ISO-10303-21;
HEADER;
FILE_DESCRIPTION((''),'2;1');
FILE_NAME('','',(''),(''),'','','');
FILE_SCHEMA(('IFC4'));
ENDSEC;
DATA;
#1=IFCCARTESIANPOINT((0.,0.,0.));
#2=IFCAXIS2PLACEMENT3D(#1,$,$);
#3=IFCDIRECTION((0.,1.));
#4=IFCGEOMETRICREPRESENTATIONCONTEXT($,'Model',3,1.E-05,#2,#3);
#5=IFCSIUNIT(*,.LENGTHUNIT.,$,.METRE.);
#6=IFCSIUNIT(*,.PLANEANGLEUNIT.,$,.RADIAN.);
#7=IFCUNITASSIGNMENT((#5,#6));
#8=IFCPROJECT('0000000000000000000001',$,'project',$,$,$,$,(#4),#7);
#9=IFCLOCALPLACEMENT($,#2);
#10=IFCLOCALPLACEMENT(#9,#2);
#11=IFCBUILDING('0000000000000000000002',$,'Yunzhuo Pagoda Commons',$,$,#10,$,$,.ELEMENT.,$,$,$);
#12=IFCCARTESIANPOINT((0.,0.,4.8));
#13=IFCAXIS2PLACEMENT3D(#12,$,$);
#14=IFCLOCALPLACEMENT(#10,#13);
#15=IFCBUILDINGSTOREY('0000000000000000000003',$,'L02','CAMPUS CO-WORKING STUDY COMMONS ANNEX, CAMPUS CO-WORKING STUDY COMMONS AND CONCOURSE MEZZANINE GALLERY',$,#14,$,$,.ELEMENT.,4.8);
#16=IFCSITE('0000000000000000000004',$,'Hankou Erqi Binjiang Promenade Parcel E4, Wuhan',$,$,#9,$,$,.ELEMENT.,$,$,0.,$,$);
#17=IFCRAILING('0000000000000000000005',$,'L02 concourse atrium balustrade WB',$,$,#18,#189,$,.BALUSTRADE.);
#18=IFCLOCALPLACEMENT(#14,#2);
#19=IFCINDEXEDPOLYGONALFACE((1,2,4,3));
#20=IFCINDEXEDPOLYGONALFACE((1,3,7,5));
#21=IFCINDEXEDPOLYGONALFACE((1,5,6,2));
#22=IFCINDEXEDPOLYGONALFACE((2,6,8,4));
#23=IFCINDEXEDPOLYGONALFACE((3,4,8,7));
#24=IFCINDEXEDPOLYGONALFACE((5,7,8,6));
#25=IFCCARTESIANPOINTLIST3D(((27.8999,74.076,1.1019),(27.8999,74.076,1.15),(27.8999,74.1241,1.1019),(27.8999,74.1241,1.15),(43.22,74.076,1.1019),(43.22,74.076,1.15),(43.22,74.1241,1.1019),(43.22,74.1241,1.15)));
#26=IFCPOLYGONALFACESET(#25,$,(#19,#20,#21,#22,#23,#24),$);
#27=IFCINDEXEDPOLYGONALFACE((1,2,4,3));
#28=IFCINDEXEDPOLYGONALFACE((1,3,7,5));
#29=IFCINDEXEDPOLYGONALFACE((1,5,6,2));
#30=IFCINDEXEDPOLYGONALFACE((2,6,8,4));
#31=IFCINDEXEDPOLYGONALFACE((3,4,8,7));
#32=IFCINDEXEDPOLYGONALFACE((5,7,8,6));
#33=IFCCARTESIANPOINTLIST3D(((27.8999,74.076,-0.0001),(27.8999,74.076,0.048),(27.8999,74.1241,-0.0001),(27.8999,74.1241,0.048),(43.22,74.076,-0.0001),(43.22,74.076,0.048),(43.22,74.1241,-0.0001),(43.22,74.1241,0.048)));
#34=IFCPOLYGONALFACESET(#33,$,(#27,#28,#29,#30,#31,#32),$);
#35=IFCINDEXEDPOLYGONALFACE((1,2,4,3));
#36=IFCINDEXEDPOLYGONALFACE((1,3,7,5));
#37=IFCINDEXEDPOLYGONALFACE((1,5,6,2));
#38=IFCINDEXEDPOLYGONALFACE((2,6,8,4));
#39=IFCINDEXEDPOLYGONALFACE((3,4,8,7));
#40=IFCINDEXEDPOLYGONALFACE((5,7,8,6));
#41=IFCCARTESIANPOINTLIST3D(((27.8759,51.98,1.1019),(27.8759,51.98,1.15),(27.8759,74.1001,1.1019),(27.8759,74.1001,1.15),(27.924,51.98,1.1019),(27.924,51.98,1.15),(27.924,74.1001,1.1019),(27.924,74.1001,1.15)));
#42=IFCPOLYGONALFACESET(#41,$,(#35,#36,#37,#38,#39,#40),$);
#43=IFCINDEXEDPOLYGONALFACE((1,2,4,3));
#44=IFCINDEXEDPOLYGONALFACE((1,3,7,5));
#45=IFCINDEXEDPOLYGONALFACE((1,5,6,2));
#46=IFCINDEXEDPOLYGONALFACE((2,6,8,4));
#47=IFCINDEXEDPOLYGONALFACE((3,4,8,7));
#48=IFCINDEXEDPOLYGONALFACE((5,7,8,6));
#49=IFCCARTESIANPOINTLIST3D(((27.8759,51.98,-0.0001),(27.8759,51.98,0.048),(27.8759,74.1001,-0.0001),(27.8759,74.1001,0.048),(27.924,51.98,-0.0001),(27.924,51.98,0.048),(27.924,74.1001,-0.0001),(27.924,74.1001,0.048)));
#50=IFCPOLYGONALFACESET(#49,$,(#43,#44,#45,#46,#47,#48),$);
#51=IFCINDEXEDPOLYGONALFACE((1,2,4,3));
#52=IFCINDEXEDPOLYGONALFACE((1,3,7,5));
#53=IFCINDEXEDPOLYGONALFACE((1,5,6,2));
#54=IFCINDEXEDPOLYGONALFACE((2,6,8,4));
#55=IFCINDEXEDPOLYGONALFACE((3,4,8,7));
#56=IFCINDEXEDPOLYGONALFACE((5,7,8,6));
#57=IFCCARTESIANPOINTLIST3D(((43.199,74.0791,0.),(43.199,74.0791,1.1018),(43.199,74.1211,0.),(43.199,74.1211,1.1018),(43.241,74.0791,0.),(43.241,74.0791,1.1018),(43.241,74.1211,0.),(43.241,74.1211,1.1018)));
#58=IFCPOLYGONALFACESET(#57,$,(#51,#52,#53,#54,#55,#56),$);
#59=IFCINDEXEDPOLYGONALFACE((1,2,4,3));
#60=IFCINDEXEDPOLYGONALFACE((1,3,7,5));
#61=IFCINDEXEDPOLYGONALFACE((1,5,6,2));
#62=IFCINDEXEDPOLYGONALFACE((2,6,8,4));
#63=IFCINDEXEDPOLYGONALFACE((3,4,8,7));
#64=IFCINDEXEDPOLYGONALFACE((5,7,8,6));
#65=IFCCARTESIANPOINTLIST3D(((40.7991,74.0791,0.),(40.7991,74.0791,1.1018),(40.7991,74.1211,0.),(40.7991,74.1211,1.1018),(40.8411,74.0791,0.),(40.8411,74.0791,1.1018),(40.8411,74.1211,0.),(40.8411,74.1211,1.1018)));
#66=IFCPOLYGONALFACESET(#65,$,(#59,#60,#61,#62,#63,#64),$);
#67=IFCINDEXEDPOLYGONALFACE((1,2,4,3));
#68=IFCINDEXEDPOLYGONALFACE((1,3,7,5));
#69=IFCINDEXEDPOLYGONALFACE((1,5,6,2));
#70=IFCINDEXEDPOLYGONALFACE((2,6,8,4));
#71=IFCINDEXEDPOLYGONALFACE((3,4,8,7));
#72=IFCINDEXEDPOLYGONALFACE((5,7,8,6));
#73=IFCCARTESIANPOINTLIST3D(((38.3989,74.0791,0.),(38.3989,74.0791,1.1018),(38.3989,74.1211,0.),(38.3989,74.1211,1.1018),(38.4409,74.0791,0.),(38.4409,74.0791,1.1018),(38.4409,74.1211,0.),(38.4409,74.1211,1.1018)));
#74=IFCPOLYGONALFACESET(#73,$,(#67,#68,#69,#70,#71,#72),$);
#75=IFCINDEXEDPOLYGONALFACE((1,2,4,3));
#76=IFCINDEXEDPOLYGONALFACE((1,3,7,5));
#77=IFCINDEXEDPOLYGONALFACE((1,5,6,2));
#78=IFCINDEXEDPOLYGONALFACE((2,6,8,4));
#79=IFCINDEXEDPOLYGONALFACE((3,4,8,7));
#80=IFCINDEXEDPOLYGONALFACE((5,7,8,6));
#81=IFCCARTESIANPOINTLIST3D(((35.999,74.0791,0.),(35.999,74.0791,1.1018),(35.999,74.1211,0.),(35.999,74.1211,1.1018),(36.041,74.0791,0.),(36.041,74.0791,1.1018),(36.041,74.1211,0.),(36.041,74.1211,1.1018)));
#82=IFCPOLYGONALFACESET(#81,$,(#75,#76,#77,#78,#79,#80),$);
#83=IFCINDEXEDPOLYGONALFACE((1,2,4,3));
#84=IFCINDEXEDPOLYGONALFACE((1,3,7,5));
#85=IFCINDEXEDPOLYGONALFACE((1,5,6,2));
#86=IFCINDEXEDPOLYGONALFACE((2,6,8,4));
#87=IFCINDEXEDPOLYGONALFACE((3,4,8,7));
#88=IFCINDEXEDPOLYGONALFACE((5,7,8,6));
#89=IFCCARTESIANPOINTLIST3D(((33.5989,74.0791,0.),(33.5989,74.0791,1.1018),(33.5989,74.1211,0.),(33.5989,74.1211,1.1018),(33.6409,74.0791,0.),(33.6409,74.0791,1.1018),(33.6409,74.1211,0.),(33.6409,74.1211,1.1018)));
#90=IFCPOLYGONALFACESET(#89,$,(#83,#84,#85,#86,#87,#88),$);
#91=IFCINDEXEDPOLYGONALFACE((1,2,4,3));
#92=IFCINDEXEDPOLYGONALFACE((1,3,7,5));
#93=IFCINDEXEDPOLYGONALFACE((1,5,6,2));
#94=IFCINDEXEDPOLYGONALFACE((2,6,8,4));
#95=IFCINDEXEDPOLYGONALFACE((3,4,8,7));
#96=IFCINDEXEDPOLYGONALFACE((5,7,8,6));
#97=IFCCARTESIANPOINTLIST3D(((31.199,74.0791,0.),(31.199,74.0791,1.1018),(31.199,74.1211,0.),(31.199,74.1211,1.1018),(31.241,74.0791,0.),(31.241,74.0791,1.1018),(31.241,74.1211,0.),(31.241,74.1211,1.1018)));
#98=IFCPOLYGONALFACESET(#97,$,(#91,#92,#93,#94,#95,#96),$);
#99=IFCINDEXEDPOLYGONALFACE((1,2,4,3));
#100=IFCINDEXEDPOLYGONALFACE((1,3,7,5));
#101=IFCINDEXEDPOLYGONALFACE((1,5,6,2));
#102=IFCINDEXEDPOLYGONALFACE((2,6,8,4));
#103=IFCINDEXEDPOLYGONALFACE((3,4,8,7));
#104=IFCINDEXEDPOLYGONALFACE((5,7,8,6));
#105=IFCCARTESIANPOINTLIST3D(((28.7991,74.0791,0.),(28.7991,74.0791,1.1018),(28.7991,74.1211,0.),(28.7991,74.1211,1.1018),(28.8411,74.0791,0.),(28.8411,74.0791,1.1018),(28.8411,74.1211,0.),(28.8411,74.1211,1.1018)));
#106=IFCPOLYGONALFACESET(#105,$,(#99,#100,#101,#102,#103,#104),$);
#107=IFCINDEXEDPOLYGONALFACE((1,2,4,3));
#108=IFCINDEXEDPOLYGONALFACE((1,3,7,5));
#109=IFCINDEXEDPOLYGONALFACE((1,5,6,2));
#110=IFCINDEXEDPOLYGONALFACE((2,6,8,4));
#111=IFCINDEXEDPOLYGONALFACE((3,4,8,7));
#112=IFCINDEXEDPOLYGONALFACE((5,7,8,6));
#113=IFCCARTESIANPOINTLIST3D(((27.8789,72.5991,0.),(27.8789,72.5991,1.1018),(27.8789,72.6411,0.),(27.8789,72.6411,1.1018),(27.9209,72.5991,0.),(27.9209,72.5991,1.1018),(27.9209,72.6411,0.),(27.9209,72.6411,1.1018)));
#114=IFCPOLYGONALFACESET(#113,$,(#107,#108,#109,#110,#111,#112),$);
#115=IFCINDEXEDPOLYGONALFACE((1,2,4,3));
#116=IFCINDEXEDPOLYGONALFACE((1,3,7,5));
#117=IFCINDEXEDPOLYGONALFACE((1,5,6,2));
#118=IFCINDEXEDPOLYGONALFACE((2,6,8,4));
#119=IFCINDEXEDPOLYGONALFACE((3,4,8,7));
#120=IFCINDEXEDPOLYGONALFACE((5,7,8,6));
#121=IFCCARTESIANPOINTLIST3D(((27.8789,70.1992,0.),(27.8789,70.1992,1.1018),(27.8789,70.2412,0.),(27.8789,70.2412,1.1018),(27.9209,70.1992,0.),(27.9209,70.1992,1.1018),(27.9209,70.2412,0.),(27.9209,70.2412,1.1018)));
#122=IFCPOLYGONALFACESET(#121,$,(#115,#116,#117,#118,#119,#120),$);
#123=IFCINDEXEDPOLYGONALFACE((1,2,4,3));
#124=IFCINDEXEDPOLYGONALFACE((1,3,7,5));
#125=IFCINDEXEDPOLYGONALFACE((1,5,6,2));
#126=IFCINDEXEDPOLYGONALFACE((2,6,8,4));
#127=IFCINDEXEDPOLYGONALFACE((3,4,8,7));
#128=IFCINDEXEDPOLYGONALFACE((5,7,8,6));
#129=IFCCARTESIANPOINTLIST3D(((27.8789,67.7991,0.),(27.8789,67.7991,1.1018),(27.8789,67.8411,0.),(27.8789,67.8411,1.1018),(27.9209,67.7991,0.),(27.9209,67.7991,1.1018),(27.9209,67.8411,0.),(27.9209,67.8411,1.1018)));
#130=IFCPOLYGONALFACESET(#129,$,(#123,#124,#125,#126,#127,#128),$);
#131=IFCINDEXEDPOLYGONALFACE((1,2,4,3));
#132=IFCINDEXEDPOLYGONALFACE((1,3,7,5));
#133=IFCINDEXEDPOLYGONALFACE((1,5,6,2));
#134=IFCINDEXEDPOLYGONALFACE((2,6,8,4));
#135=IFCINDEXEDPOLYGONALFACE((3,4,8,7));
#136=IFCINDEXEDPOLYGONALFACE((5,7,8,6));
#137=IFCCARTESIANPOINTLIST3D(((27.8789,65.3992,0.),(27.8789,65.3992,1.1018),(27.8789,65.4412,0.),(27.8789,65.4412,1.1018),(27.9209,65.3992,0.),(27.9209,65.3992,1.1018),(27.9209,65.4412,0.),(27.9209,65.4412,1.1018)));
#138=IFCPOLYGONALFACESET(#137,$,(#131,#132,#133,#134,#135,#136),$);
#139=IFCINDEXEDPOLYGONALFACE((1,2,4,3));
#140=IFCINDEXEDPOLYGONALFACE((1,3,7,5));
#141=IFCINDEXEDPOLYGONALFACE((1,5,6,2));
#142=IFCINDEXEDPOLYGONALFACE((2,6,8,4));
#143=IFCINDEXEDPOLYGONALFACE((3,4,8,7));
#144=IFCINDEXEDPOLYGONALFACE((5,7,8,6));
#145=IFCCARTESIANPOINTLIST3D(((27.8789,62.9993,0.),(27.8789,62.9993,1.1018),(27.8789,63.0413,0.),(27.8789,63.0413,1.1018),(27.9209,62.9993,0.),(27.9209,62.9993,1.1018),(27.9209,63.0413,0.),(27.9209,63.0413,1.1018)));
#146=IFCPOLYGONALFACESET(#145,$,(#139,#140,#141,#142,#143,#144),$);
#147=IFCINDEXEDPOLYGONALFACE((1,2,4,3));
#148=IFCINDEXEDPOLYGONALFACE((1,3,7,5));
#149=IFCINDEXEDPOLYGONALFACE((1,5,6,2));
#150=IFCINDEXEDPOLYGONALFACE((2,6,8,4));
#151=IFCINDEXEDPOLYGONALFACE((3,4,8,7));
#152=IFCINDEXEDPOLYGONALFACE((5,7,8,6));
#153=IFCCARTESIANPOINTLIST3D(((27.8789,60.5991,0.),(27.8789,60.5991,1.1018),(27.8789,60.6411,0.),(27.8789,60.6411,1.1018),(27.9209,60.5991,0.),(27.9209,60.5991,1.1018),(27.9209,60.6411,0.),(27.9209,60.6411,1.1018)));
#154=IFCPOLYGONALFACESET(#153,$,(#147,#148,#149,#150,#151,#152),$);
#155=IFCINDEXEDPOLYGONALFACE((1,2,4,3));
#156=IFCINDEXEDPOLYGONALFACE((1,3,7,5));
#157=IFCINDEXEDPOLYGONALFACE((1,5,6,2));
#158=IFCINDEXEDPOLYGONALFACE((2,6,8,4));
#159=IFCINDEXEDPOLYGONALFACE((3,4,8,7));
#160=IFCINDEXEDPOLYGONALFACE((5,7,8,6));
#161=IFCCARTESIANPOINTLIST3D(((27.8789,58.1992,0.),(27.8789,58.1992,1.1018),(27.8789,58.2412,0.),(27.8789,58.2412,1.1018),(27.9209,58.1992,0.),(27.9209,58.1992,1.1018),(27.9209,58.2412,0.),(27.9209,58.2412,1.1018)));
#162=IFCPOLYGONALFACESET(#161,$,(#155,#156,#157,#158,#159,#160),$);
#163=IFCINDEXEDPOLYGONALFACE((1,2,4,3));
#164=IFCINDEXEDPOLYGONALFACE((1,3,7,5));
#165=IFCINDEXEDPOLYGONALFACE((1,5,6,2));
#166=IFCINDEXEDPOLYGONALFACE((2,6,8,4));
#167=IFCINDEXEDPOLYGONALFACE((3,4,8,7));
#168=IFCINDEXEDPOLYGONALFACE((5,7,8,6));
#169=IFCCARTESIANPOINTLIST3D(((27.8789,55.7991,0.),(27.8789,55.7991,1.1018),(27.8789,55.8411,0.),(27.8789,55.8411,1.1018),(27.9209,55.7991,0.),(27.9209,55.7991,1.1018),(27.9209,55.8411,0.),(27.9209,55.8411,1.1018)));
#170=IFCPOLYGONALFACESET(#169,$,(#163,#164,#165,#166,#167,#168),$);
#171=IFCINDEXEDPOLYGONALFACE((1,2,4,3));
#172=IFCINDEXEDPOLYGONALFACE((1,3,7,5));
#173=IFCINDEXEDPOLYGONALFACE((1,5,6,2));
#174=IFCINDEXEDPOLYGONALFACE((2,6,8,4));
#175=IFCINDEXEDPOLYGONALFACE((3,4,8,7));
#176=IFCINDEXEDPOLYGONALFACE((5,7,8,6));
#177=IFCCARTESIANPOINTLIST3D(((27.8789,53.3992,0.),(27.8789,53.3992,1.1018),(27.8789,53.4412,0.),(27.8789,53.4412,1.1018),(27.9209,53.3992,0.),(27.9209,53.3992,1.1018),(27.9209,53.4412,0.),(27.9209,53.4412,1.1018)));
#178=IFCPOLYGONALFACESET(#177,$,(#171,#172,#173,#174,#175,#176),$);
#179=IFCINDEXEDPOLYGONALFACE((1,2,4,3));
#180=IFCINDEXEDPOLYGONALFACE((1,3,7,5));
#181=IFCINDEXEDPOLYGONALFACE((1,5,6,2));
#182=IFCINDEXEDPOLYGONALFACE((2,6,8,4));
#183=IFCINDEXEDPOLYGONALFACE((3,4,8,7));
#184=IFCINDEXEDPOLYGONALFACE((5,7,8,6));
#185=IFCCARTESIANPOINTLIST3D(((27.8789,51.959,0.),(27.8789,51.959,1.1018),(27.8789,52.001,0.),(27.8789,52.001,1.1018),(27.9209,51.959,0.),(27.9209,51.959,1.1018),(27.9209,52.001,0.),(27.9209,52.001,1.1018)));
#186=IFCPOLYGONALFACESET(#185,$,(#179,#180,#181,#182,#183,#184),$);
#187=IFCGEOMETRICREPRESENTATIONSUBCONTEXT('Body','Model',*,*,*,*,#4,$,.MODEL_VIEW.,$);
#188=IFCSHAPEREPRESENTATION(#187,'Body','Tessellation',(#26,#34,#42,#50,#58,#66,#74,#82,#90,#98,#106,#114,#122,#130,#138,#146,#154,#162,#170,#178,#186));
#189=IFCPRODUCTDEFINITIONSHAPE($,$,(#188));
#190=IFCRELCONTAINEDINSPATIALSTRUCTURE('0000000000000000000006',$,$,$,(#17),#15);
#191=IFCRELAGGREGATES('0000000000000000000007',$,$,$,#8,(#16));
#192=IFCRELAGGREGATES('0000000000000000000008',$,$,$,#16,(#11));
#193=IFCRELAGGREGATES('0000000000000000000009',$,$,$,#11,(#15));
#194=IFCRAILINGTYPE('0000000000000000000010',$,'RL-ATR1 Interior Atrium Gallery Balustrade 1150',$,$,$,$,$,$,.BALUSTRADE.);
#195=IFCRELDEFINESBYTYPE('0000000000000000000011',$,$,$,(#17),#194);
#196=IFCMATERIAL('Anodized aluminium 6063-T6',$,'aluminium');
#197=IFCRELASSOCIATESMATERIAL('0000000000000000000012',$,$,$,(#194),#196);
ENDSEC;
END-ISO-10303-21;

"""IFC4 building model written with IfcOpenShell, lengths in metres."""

from ifc_helpers import new_model, si_unit, direction, frame, origin, origin_2d, place, context, subcontext, project, spatial, rectangle, extrude, material, type_object, element, save


model = new_model("IFC4")

# Units and contexts
model_context = context("Model", 3, precision=1e-05, world=origin(), true_north=direction((0.0, 1.0)))
body_context = subcontext(model_context, "Body", "Model", "MODEL_VIEW")
ifc_project = project(units=[si_unit("LENGTHUNIT", "METRE"), si_unit("PLANEANGLEUNIT", "RADIAN")], contexts=[model_context])

# Site, building, storey
site_placement = place(None, origin())
site = spatial("IfcSite", under=ifc_project, at=site_placement, Name="Hankou Erqi Binjiang Promenade Parcel E4, Wuhan", CompositionType="ELEMENT", RefElevation=0.0)
building_placement = place(site_placement, origin())
building = spatial("IfcBuilding", under=site, at=building_placement, Name="Yunzhuo Pagoda Commons", CompositionType="ELEMENT")
storey_placement = place(building_placement, frame((0.0, 0.0, 4.8)))
storey = spatial("IfcBuildingStorey", under=building, at=storey_placement, Name="L02", Description="CAMPUS CO-WORKING STUDY COMMONS ANNEX, CAMPUS CO-WORKING STUDY COMMONS AND CONCOURSE MEZZANINE GALLERY", CompositionType="ELEMENT", Elevation=4.8)

# Shared definitions
ifc_material_1 = material(Name="Anodized aluminium 6063-T6", Category="aluminium")

# Railing
railing_type = type_object("IfcRailingType", Name="RL-ATR1 Interior Atrium Gallery Balustrade 1150", PredefinedType="BALUSTRADE", material=ifc_material_1)
railing_placement = place(storey_placement, frame((43.22, 74.1001, 0.0)))
element("IfcRailing", 1, at=railing_placement, inside=storey, type_object=railing_type, Name="L02 concourse atrium balustrade WB", PredefinedType="BALUSTRADE", context=body_context, shape_type="SweptSolid", body=[
    extrude(rectangle(XDim=0.0481, YDim=0.0481, at=origin_2d()), frame((0.0, 0.0, 1.126), z_axis=(-1.0, 0.0, 0.0), x_axis=(0.0, -1.0, 0.0)), (0.0, 0.0, 1.0), 15.3201),
    extrude(rectangle(XDim=0.0481, YDim=0.0481, at=origin_2d()), frame((0.0, 0.0, 0.0239), z_axis=(-1.0, 0.0, 0.0), x_axis=(0.0, -1.0, 0.0)), (0.0, 0.0, 1.0), 15.3201),
    extrude(rectangle(XDim=0.0481, YDim=0.0481, at=origin_2d()), frame((-15.3201, 0.0, 1.126), z_axis=(0.0, -1.0, 0.0), x_axis=(1.0, 0.0, 0.0)), (0.0, 0.0, 1.0), 22.1201),
    extrude(rectangle(XDim=0.0481, YDim=0.0481, at=origin_2d()), frame((-15.3201, 0.0, 0.0239), z_axis=(0.0, -1.0, 0.0), x_axis=(1.0, 0.0, 0.0)), (0.0, 0.0, 1.0), 22.1201),
    extrude(rectangle(XDim=0.042, YDim=0.042, at=origin_2d()), origin(), (0.0, 0.0, 1.0), 1.1018),
    extrude(rectangle(XDim=0.042, YDim=0.042, at=origin_2d()), frame((-2.3999, 0.0, 0.0)), (0.0, 0.0, 1.0), 1.1018),
    extrude(rectangle(XDim=0.042, YDim=0.042, at=origin_2d()), frame((-4.8, 0.0, 0.0)), (0.0, 0.0, 1.0), 1.1018),
    extrude(rectangle(XDim=0.042, YDim=0.042, at=origin_2d()), frame((-7.2, 0.0, 0.0)), (0.0, 0.0, 1.0), 1.1018),
    extrude(rectangle(XDim=0.042, YDim=0.042, at=origin_2d()), frame((-9.6001, 0.0, 0.0)), (0.0, 0.0, 1.0), 1.1018),
    extrude(rectangle(XDim=0.042, YDim=0.042, at=origin_2d()), frame((-12.0, 0.0, 0.0)), (0.0, 0.0, 1.0), 1.1018),
    extrude(rectangle(XDim=0.042, YDim=0.042, at=origin_2d()), frame((-14.3999, 0.0, 0.0)), (0.0, 0.0, 1.0), 1.1018),
    extrude(rectangle(XDim=0.042, YDim=0.042, at=origin_2d()), frame((-15.3201, -1.48, 0.0)), (0.0, 0.0, 1.0), 1.1018),
    extrude(rectangle(XDim=0.042, YDim=0.042, at=origin_2d()), frame((-15.3201, -3.8799, 0.0)), (0.0, 0.0, 1.0), 1.1018),
    extrude(rectangle(XDim=0.042, YDim=0.042, at=origin_2d()), frame((-15.3201, -6.28, 0.0)), (0.0, 0.0, 1.0), 1.1018),
    extrude(rectangle(XDim=0.042, YDim=0.042, at=origin_2d()), frame((-15.3201, -8.6799, 0.0)), (0.0, 0.0, 1.0), 1.1018),
    extrude(rectangle(XDim=0.042, YDim=0.042, at=origin_2d()), frame((-15.3201, -11.0798, 0.0)), (0.0, 0.0, 1.0), 1.1018),
    extrude(rectangle(XDim=0.042, YDim=0.042, at=origin_2d()), frame((-15.3201, -13.48, 0.0)), (0.0, 0.0, 1.0), 1.1018),
    extrude(rectangle(XDim=0.042, YDim=0.042, at=origin_2d()), frame((-15.3201, -15.8799, 0.0)), (0.0, 0.0, 1.0), 1.1018),
    extrude(rectangle(XDim=0.042, YDim=0.042, at=origin_2d()), frame((-15.3201, -18.28, 0.0)), (0.0, 0.0, 1.0), 1.1018),
    extrude(rectangle(XDim=0.042, YDim=0.042, at=origin_2d()), frame((-15.3201, -20.6799, 0.0)), (0.0, 0.0, 1.0), 1.1018),
    extrude(rectangle(XDim=0.042, YDim=0.042, at=origin_2d()), frame((-15.3201, -22.1201, 0.0)), (0.0, 0.0, 1.0), 1.1018),
])

save(model, "model.ifc")
